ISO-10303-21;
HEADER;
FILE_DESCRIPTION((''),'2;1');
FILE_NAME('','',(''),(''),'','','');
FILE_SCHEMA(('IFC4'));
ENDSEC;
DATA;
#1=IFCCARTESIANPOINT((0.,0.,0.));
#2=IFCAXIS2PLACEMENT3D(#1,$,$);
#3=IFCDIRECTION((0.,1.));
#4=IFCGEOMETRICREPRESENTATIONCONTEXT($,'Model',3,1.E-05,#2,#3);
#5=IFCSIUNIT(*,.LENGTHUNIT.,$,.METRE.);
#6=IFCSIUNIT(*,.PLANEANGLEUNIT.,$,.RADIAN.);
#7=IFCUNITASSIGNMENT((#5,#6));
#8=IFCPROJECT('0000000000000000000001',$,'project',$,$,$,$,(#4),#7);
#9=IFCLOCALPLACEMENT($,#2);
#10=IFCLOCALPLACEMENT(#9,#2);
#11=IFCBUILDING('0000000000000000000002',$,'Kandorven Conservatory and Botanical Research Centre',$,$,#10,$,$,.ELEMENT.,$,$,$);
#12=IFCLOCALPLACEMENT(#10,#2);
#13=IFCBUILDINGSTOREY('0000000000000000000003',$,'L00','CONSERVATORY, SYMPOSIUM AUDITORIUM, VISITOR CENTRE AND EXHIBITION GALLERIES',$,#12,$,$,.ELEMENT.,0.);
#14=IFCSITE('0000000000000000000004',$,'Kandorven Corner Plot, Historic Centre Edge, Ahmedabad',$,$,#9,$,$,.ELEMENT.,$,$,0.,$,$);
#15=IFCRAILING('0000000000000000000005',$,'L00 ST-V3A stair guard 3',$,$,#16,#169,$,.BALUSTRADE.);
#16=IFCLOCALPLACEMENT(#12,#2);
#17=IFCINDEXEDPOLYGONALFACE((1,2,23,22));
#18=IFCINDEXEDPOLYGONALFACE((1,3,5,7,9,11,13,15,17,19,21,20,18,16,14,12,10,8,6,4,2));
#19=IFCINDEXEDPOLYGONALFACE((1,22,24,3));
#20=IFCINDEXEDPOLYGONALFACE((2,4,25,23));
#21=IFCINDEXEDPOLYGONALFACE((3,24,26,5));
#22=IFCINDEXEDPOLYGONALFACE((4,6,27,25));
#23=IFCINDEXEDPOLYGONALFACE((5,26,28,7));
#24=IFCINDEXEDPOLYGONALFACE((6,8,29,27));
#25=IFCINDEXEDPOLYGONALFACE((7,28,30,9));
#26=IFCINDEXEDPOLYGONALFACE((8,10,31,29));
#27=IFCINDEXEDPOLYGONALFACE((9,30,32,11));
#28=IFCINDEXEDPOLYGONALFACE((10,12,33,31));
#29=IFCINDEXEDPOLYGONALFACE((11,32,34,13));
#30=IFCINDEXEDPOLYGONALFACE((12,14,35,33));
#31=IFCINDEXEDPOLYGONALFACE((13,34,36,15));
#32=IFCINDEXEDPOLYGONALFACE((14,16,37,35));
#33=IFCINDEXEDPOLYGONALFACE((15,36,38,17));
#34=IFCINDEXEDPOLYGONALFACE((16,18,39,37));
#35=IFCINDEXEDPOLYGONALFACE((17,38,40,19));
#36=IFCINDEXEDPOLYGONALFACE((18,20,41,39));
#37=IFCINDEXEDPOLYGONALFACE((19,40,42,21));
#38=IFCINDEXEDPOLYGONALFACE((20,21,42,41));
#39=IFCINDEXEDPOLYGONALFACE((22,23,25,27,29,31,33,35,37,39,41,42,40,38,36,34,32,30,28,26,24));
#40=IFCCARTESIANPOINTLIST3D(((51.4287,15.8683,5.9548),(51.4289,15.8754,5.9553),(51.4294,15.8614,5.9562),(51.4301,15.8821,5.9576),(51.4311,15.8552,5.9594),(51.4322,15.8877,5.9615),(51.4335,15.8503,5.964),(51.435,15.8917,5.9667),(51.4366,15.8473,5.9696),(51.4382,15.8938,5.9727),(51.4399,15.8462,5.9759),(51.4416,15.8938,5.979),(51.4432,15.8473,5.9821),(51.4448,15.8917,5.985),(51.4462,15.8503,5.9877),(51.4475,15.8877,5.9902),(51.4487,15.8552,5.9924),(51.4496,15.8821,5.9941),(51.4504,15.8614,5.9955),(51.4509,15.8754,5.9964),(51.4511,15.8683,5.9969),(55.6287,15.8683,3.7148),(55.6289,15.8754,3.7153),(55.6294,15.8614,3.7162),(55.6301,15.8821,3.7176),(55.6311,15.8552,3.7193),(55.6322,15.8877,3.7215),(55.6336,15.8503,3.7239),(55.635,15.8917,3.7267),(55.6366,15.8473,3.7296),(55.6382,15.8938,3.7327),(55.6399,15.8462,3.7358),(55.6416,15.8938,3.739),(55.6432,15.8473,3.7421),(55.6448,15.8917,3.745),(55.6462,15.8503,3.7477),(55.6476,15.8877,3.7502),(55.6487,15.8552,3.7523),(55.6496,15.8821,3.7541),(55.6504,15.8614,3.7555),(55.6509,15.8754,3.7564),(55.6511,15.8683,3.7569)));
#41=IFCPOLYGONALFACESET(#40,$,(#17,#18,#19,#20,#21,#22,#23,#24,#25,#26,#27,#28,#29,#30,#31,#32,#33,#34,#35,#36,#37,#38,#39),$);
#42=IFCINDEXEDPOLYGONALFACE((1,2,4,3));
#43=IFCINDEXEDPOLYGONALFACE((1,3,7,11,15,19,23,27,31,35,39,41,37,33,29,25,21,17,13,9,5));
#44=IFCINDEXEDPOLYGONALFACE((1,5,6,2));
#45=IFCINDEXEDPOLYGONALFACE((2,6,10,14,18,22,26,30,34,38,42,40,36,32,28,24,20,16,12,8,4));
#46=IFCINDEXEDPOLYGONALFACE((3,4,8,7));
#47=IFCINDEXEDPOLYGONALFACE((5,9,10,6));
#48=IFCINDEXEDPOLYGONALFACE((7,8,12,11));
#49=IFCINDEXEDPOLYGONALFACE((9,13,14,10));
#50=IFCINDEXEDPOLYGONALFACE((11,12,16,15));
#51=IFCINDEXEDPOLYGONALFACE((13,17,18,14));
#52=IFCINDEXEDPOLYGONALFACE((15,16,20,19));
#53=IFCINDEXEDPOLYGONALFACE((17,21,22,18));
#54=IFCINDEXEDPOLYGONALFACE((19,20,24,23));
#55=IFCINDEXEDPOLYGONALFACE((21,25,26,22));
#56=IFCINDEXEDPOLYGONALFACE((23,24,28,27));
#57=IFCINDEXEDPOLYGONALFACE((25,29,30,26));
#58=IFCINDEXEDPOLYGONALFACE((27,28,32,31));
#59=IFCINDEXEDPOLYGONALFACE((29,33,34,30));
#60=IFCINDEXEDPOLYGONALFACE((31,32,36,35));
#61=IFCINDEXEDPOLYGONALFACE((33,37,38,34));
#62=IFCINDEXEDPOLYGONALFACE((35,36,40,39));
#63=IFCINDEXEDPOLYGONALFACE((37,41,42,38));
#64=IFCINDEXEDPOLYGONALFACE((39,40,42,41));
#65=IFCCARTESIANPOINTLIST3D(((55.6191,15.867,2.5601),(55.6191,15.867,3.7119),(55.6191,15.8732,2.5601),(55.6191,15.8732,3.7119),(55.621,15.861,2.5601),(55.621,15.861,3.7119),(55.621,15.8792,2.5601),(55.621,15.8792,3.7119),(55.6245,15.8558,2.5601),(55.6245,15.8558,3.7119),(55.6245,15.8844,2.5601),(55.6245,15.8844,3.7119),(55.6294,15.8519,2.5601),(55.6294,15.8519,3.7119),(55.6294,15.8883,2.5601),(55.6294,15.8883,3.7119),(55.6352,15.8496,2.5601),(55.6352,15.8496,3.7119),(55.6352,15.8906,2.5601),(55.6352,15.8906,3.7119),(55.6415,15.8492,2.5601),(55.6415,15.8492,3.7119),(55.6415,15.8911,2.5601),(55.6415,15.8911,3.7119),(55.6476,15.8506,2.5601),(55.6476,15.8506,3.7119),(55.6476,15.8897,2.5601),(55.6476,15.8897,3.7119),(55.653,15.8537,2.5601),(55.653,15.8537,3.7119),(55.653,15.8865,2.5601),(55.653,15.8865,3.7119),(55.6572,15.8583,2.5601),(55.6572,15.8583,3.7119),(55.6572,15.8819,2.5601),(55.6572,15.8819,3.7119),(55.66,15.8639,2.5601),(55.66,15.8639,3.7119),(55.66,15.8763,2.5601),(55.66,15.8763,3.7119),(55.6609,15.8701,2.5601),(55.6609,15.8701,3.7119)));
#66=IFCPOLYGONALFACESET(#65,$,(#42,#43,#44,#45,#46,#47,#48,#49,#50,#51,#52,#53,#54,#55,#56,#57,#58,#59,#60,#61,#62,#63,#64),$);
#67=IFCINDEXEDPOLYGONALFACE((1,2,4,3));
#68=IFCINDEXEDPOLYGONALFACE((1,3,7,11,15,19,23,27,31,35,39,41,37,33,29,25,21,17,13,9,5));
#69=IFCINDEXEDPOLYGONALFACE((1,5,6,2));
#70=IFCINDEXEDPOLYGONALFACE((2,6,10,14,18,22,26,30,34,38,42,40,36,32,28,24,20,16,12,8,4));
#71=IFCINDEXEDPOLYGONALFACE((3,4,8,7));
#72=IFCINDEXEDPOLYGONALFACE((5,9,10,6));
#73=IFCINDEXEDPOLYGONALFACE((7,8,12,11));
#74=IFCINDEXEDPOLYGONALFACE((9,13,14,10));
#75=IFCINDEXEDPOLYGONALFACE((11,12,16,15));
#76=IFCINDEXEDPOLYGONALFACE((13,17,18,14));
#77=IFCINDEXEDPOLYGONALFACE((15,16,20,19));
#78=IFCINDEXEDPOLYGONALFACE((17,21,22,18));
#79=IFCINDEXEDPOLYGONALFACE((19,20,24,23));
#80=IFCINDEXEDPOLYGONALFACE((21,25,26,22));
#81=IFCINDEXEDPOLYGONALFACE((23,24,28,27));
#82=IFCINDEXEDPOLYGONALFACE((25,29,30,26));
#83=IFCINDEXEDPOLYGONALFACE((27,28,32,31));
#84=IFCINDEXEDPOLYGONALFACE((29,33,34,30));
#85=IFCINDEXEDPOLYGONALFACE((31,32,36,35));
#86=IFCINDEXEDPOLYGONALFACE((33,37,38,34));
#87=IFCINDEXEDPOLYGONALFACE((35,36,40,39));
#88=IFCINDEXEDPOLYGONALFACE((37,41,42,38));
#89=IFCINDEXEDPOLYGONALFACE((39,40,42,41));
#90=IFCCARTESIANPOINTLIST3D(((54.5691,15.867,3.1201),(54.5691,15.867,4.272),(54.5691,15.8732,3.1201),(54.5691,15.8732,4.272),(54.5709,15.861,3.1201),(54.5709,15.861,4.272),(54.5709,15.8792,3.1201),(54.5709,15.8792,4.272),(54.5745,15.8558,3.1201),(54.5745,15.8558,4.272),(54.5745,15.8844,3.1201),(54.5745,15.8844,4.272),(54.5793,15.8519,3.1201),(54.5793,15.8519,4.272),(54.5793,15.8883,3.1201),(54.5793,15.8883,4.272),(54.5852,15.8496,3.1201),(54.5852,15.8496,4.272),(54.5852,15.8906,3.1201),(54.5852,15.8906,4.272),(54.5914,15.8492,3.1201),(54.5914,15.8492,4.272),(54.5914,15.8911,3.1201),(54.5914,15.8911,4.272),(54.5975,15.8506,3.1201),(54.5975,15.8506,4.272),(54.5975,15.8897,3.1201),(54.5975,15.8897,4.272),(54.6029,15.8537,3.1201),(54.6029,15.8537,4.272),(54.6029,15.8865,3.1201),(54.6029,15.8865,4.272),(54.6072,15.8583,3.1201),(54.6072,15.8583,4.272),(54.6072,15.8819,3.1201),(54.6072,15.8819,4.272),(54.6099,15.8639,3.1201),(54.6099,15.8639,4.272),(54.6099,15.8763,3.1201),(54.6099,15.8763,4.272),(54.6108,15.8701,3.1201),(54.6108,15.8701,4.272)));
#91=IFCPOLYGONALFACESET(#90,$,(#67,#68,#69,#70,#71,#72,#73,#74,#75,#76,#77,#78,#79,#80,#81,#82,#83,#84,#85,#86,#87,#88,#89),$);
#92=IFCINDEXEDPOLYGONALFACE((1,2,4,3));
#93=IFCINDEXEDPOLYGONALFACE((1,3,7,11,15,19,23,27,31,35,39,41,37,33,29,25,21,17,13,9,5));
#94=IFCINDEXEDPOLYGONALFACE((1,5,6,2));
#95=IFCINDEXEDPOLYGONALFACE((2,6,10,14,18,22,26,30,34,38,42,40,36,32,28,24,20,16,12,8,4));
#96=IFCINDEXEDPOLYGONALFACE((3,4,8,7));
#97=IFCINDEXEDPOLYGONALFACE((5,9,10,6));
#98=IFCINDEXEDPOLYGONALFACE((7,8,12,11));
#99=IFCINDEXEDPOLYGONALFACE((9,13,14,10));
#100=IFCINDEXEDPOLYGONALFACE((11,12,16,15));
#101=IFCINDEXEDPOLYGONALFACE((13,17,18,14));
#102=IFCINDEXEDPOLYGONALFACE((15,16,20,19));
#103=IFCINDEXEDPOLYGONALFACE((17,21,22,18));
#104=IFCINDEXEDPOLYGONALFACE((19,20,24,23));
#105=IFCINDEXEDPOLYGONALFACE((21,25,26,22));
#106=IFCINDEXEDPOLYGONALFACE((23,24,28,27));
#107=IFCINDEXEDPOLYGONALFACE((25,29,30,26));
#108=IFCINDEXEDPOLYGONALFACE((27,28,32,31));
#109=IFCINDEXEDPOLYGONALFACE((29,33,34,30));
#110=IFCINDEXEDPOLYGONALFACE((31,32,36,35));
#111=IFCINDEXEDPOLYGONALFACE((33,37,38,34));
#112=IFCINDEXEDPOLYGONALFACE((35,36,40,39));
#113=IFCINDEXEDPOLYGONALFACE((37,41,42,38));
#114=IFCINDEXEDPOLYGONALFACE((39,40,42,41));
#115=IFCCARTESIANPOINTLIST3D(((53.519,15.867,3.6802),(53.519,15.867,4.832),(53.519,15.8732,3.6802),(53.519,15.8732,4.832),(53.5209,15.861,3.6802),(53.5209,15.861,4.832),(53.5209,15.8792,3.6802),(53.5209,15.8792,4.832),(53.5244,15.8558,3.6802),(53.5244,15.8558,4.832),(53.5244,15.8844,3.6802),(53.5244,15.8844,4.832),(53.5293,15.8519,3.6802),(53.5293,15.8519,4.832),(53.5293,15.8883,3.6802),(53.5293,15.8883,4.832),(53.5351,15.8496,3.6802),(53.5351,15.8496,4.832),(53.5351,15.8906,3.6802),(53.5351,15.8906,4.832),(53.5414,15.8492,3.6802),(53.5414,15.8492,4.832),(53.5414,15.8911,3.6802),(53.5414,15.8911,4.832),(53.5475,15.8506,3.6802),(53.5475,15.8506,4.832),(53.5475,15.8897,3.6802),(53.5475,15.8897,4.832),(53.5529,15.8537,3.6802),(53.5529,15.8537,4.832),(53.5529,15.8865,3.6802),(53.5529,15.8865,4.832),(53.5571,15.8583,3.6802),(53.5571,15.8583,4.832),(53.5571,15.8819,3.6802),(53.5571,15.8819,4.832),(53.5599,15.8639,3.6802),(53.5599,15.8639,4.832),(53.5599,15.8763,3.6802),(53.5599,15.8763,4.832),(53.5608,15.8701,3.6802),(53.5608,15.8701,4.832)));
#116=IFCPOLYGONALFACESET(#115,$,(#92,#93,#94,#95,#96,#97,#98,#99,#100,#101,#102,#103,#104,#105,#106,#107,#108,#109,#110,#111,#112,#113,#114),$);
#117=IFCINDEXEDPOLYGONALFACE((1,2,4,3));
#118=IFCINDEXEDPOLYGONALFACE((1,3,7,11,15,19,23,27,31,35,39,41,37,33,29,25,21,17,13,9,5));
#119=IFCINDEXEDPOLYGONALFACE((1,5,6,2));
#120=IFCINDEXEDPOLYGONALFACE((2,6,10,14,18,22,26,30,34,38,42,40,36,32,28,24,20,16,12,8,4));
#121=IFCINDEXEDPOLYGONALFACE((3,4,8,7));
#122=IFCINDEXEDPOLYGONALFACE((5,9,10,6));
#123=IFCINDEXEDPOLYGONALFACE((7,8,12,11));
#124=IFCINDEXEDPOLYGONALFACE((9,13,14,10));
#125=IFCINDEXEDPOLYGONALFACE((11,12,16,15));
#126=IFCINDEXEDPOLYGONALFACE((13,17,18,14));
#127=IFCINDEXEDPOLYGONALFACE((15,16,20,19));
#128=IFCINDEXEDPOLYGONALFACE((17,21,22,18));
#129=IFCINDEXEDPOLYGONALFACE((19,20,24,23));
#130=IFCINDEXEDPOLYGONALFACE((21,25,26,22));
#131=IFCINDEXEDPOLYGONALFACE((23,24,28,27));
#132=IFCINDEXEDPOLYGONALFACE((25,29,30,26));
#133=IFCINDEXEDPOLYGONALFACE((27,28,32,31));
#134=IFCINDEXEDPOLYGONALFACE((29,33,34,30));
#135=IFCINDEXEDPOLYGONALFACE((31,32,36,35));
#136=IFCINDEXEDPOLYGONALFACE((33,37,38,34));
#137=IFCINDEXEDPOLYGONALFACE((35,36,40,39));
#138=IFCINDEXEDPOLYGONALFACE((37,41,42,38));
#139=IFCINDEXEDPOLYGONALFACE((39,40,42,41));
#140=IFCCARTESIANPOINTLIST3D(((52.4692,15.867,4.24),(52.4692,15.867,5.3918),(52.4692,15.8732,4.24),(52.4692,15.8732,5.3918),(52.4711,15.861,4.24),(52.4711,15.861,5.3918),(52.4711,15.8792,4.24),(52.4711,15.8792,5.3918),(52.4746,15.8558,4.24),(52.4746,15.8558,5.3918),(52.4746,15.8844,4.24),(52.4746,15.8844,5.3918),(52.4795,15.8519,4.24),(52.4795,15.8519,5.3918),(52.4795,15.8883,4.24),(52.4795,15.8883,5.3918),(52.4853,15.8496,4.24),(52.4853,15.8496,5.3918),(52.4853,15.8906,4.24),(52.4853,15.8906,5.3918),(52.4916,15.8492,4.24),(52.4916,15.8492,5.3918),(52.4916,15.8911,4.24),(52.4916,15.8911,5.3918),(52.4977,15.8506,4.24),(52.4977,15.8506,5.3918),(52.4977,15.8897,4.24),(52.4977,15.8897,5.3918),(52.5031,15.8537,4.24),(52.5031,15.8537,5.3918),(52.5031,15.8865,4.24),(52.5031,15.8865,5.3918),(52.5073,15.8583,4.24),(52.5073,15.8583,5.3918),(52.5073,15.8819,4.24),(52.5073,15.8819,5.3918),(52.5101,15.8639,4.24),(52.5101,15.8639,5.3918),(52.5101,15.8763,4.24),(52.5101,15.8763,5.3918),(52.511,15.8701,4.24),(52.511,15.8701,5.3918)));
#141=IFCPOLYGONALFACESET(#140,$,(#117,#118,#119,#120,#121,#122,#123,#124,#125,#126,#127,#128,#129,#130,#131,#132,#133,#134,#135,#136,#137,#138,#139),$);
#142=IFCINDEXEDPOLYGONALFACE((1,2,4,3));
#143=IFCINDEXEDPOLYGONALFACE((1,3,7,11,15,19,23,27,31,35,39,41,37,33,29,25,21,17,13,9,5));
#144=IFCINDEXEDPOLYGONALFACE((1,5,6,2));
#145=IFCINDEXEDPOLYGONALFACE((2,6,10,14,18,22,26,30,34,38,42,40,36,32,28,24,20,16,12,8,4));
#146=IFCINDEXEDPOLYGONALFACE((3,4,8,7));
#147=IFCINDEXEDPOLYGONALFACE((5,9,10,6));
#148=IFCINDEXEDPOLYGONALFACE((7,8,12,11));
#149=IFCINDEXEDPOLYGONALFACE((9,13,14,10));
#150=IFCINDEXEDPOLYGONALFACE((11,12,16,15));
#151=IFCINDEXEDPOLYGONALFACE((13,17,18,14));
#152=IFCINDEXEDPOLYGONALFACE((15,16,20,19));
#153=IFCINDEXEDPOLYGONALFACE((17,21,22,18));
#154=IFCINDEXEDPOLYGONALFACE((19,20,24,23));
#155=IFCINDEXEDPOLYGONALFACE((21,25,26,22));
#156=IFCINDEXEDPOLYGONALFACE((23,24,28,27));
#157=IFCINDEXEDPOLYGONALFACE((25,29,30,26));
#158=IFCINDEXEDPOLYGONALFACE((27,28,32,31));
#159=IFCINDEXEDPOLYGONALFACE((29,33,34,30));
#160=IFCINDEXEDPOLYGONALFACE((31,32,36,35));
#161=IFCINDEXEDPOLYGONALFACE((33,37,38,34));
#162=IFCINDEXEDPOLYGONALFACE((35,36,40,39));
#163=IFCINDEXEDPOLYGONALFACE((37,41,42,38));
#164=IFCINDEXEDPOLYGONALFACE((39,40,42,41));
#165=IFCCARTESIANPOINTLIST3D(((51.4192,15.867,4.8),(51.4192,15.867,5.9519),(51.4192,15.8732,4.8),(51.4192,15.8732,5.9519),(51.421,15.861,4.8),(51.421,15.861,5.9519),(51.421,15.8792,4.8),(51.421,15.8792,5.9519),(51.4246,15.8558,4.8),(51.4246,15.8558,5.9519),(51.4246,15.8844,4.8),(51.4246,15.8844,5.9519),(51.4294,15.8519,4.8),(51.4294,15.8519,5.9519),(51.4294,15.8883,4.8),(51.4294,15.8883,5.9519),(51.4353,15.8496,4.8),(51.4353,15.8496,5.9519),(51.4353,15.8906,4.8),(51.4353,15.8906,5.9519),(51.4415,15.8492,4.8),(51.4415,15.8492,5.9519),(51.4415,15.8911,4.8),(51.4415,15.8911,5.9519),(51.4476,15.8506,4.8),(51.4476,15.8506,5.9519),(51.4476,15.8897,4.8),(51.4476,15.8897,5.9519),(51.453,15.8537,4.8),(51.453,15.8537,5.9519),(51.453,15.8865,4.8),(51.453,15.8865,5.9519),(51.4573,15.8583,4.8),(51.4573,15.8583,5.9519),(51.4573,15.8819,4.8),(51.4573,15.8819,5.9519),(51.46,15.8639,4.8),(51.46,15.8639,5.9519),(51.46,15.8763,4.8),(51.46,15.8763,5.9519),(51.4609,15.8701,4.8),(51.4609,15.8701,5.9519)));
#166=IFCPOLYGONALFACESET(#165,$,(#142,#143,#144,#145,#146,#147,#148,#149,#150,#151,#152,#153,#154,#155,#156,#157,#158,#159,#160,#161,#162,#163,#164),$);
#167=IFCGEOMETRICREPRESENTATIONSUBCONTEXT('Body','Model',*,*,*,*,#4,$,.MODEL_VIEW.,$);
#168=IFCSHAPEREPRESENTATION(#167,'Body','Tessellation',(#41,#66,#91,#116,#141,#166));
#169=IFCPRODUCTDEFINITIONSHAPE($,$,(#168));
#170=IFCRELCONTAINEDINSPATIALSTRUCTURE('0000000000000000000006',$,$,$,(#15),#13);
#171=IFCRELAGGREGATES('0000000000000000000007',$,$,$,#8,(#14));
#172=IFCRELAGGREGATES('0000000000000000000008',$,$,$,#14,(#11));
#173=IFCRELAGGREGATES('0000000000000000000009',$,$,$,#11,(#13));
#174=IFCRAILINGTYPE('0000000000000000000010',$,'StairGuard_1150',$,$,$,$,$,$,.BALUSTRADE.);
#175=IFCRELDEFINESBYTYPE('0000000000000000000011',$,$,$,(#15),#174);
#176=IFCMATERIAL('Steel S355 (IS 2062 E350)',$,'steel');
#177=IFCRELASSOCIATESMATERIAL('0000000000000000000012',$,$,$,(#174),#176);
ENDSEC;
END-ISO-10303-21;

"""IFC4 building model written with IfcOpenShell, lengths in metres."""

from ifc_helpers import new_model, si_unit, direction, frame, origin, origin_2d, place, context, subcontext, project, spatial, circle, extrude, material, type_object, element, save


model = new_model("IFC4")

# Units and contexts
model_context = context("Model", 3, precision=1e-05, world=origin(), true_north=direction((0.0, 1.0)))
body_context = subcontext(model_context, "Body", "Model", "MODEL_VIEW")
ifc_project = project(units=[si_unit("LENGTHUNIT", "METRE"), si_unit("PLANEANGLEUNIT", "RADIAN")], contexts=[model_context])

# Site, building, storey
site_placement = place(None, origin())
site = spatial("IfcSite", under=ifc_project, at=site_placement, Name="Kandorven Corner Plot, Historic Centre Edge, Ahmedabad", CompositionType="ELEMENT", RefElevation=0.0)
building_placement = place(site_placement, origin())
building = spatial("IfcBuilding", under=site, at=building_placement, Name="Kandorven Conservatory and Botanical Research Centre", CompositionType="ELEMENT")
storey_placement = place(building_placement, origin())
storey = spatial("IfcBuildingStorey", under=building, at=storey_placement, Name="L00", Description="CONSERVATORY, SYMPOSIUM AUDITORIUM, VISITOR CENTRE AND EXHIBITION GALLERIES", CompositionType="ELEMENT", Elevation=0.0)

# Railing
ifc_material_1 = material(Name="Steel S355 (IS 2062 E350)", Category="steel")
railing_type_1 = type_object("IfcRailingType", Name="StairGuard_1150", PredefinedType="BALUSTRADE", material=ifc_material_1)
railing_1_placement = place(storey_placement, frame((55.6399, 15.8701, 2.5601)))
element("IfcRailing", 1, at=railing_1_placement, inside=storey, type_object=railing_type_1, Name="L00 ST-V3A stair guard 3", PredefinedType="BALUSTRADE", context=body_context, shape_type="SweptSolid", body=[
    extrude(circle(Radius=0.0239, at=origin_2d()), frame((0.0, 0.0, 1.1758), z_axis=(-0.882352, 0.0, 0.470591), x_axis=(0.0, -1.0, 0.0)), (0.0, 0.0, 1.0), 4.76),
    extrude(circle(Radius=0.021, at=origin_2d()), origin(), (0.0, 0.0, 1.0), 1.1519),
    extrude(circle(Radius=0.021, at=origin_2d()), frame((-1.05, 0.0, 0.5601)), (0.0, 0.0, 1.0), 1.1519),
    extrude(circle(Radius=0.021, at=origin_2d()), frame((-2.1001, 0.0, 1.1201)), (0.0, 0.0, 1.0), 1.1519),
    extrude(circle(Radius=0.021, at=origin_2d()), frame((-3.1499, 0.0, 1.6799)), (0.0, 0.0, 1.0), 1.1519),
    extrude(circle(Radius=0.021, at=origin_2d()), frame((-4.2, 0.0, 2.24)), (0.0, 0.0, 1.0), 1.1519),
])

save(model, "model.ifc")
